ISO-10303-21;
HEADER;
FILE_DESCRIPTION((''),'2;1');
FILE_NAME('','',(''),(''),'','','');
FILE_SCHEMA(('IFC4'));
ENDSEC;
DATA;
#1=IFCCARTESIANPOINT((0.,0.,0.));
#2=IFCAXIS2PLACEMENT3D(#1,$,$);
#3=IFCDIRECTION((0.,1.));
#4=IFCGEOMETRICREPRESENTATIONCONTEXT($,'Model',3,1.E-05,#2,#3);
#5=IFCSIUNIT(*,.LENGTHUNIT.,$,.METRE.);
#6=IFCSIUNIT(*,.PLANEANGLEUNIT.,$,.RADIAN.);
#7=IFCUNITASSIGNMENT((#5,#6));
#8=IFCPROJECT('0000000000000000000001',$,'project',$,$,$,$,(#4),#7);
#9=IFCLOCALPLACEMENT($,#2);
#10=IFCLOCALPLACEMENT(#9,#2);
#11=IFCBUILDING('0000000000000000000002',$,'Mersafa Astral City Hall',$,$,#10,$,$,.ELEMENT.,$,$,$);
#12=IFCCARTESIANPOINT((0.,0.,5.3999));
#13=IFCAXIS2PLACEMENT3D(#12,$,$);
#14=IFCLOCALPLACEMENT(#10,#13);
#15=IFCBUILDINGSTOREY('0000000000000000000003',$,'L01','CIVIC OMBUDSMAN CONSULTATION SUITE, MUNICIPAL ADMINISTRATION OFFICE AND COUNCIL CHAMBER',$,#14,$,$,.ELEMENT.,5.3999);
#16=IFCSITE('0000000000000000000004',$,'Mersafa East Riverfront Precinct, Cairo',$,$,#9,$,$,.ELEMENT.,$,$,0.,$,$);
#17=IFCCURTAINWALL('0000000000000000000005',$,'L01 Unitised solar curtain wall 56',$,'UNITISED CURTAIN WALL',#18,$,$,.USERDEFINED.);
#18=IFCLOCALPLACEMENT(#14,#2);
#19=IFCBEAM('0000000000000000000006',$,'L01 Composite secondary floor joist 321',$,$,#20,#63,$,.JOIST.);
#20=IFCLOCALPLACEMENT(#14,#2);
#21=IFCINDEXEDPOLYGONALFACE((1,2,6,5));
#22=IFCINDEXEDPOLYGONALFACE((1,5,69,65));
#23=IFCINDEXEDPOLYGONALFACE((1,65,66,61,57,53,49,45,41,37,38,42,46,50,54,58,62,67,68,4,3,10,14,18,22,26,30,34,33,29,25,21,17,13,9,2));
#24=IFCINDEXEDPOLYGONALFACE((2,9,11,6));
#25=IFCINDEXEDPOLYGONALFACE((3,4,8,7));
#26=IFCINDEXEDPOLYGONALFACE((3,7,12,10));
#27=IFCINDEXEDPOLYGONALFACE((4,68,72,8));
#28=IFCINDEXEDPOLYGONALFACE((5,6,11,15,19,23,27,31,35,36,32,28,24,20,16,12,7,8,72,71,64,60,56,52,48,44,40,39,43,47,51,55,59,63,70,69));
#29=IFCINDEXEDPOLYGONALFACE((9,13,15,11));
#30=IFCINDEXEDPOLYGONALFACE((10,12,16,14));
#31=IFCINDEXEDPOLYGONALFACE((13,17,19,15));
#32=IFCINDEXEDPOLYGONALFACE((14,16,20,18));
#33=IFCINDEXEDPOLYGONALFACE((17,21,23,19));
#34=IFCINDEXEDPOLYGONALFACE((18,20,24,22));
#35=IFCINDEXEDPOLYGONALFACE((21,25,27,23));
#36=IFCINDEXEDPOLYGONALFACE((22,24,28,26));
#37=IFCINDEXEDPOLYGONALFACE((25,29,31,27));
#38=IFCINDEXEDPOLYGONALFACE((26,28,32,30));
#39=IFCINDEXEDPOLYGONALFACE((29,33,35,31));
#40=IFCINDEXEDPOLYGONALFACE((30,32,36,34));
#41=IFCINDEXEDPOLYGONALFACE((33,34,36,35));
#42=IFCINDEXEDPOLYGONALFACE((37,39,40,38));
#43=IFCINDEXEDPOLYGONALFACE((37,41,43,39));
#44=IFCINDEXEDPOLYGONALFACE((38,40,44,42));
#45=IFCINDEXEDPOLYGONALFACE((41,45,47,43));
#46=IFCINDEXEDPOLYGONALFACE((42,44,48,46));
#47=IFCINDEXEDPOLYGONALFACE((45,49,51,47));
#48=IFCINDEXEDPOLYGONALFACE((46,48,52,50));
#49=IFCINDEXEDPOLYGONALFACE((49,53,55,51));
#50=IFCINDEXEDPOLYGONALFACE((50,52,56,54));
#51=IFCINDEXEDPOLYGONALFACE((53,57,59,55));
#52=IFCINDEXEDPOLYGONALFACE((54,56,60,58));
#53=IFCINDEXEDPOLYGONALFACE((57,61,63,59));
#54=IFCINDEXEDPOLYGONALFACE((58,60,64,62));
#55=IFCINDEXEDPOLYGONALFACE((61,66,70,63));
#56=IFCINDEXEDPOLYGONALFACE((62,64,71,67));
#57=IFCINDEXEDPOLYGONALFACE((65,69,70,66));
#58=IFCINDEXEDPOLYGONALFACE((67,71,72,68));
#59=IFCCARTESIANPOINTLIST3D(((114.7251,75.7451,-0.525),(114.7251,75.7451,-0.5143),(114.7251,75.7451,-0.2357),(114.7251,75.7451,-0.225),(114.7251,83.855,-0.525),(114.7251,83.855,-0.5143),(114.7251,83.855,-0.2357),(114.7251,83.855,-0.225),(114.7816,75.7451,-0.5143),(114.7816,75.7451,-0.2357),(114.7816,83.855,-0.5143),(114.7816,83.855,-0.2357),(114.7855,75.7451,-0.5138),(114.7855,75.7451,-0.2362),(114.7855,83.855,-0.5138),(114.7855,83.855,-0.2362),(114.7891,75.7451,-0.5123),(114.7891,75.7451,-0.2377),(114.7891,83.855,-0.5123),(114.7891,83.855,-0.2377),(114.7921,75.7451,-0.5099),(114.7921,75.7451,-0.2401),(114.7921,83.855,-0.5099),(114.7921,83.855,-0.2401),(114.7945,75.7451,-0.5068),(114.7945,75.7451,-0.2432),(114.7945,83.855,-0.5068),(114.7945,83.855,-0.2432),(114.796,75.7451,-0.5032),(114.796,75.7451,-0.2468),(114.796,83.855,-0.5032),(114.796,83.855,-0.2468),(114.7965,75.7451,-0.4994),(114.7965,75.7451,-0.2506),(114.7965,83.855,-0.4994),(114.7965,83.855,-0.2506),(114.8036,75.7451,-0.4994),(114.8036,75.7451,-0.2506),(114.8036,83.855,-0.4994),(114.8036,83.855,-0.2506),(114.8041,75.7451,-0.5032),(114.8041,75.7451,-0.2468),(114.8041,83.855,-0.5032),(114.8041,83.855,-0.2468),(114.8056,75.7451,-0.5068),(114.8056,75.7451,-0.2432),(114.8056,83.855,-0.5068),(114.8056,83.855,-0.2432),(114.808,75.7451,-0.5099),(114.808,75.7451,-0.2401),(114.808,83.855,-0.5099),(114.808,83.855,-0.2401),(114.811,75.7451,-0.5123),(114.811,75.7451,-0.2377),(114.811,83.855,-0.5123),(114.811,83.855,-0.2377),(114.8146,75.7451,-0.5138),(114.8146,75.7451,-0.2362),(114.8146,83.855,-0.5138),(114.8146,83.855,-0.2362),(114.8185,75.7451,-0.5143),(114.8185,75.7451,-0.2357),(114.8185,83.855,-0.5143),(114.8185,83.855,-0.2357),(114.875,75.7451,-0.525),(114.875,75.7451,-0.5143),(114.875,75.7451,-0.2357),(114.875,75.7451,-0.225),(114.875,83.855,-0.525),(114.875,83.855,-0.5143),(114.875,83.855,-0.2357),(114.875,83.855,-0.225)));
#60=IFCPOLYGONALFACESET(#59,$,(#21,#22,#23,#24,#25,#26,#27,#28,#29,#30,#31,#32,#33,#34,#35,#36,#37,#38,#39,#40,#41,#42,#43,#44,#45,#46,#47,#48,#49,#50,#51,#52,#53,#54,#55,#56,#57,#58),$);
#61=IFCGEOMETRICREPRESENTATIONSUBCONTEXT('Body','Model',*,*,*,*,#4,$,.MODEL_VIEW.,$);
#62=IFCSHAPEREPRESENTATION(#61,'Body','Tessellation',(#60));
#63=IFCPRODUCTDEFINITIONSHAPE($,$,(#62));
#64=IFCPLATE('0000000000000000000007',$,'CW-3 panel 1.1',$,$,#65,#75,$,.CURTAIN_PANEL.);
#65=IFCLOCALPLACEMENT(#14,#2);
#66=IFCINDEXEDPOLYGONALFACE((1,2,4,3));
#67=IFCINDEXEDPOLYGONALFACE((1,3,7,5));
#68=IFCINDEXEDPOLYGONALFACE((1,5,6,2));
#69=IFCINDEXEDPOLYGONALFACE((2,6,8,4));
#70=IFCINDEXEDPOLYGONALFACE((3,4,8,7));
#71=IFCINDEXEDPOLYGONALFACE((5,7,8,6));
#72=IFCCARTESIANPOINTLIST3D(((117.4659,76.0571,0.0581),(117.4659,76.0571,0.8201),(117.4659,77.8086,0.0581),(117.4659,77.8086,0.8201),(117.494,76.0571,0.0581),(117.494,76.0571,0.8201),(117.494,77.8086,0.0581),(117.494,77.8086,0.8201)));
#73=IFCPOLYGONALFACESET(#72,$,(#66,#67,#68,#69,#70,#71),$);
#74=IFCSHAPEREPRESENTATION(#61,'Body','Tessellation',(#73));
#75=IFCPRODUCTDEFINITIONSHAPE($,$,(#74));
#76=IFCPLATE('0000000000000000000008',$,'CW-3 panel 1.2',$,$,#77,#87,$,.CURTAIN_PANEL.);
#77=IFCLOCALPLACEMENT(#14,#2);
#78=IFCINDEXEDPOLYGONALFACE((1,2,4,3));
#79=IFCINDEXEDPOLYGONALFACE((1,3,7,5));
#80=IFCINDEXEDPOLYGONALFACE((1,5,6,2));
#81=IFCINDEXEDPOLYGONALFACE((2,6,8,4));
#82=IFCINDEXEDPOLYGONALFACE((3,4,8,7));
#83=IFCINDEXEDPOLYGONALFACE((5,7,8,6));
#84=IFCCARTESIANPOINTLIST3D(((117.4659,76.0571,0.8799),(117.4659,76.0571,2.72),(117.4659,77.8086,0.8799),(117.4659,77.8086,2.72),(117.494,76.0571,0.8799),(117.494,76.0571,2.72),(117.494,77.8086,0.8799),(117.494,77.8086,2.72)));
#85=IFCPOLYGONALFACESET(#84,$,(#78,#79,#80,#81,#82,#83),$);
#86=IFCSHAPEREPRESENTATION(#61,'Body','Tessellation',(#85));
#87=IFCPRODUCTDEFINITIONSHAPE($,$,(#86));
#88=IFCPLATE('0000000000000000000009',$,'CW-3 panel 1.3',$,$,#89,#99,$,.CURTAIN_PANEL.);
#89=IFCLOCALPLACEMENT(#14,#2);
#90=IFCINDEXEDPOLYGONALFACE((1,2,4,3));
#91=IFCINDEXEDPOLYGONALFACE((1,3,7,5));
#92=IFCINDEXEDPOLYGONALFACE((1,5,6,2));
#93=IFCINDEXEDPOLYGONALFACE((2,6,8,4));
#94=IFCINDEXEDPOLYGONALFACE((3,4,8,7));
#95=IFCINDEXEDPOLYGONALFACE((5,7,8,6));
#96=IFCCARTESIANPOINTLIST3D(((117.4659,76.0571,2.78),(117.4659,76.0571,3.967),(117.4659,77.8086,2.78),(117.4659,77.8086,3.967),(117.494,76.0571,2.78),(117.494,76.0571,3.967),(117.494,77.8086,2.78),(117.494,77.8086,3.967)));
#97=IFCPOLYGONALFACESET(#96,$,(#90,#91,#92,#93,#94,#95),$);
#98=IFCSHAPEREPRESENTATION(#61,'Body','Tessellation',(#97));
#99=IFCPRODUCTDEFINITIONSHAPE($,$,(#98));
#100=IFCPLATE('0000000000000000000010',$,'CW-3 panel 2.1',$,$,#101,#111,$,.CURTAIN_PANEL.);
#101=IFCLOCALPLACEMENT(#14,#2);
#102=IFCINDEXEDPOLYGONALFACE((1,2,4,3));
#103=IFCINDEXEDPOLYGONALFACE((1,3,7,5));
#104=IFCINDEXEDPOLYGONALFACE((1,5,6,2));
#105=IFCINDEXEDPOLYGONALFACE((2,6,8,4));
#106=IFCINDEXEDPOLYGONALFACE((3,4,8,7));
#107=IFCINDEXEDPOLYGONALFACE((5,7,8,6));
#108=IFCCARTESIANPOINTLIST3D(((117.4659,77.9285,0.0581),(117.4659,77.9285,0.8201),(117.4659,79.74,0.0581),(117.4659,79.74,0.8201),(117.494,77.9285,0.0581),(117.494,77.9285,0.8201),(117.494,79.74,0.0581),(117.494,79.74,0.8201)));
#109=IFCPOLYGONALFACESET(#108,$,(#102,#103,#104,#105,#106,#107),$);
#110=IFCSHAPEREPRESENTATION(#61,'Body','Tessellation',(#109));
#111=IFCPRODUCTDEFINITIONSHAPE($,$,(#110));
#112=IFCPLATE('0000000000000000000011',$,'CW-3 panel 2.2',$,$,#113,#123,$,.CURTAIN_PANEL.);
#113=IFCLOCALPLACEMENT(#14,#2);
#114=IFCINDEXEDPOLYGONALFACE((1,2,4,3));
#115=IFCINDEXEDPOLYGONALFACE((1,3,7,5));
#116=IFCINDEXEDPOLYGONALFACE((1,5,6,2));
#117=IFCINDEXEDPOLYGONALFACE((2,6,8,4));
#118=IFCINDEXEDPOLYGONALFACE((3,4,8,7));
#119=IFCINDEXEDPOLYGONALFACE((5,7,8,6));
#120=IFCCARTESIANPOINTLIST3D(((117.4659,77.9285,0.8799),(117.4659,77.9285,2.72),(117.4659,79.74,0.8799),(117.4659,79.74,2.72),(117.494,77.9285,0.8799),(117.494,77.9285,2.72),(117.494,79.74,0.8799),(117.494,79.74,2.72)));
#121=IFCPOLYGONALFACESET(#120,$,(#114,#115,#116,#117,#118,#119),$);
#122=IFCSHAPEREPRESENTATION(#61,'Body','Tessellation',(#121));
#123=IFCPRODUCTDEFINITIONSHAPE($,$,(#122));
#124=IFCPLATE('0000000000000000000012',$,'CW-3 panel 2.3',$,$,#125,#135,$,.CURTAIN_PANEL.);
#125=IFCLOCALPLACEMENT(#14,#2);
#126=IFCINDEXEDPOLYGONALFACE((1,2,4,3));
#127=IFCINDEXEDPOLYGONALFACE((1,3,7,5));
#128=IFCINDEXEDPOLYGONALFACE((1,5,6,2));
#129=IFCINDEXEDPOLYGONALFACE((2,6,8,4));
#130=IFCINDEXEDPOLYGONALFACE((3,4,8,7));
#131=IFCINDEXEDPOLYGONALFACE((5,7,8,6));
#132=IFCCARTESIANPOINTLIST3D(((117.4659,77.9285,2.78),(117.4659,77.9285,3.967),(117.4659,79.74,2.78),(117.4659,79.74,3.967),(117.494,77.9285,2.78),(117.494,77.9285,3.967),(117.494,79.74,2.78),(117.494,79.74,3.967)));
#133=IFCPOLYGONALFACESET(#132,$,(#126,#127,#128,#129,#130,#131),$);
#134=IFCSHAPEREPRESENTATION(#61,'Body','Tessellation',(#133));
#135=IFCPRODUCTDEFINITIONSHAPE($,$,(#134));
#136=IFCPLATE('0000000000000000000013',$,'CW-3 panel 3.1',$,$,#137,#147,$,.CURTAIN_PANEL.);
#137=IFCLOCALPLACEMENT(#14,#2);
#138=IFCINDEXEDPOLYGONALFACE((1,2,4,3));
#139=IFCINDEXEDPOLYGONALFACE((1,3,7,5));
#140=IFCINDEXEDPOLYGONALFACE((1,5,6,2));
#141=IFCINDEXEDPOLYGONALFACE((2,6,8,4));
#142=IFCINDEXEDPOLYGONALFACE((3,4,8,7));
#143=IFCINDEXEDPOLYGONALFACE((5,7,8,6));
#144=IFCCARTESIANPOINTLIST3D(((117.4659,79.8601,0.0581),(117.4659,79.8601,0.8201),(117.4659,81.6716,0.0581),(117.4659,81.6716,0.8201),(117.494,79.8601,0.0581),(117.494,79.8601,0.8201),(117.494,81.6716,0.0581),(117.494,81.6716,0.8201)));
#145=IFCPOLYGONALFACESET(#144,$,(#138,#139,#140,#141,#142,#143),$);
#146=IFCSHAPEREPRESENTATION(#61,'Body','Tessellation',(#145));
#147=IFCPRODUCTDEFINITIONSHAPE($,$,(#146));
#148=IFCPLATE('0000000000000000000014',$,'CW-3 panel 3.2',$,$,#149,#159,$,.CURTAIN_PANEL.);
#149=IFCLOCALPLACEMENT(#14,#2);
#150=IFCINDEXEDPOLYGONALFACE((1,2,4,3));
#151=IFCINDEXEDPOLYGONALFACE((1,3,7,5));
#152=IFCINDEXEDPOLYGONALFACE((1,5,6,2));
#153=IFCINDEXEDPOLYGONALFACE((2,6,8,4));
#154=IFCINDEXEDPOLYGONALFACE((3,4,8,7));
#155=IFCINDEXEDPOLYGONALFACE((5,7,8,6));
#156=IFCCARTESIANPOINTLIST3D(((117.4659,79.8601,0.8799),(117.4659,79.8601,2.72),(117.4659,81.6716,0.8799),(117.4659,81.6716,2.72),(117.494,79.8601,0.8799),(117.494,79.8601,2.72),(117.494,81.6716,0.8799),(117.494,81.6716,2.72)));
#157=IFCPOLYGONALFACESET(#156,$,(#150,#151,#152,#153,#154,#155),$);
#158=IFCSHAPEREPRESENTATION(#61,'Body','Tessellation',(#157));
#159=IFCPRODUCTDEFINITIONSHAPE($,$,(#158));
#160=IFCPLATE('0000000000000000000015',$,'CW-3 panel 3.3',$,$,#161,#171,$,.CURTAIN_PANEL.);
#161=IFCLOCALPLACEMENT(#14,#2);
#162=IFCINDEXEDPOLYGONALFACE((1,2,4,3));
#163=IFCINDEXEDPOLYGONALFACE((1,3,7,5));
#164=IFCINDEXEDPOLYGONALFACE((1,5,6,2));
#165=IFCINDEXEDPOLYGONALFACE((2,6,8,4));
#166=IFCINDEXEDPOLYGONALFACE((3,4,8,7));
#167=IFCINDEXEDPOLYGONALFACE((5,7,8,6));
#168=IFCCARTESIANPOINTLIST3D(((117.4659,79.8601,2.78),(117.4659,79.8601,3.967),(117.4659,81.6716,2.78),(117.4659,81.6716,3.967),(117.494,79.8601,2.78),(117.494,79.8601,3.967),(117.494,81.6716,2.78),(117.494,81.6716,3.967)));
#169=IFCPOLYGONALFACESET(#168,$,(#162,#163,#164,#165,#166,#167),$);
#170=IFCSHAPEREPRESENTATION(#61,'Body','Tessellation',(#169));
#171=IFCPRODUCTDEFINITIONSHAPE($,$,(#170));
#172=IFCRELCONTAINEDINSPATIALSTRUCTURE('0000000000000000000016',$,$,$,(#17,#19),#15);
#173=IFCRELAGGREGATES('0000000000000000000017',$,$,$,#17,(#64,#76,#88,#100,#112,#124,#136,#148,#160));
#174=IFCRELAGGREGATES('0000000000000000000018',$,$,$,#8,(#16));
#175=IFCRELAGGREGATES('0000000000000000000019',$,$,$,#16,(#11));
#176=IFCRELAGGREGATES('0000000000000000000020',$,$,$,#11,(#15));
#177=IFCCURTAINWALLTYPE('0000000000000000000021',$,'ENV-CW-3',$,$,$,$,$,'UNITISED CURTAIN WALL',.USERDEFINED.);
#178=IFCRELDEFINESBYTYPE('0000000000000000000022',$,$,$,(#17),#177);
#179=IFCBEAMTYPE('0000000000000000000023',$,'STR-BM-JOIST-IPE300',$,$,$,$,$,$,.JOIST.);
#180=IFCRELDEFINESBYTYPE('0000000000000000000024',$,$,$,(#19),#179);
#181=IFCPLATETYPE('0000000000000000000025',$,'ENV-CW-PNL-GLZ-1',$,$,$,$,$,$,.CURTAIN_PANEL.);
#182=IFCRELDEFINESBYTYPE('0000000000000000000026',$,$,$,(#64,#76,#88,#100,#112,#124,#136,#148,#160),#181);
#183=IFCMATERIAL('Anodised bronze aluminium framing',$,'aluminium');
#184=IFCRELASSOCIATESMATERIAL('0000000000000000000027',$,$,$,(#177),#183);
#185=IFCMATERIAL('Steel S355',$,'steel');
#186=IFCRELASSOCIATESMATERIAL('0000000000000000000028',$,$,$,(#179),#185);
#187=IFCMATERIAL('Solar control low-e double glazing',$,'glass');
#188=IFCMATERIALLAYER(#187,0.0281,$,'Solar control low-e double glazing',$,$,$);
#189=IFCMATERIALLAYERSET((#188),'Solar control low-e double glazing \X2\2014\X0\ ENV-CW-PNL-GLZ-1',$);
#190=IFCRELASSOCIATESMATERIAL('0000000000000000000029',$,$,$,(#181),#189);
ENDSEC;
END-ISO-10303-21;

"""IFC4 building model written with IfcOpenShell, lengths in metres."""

from ifc_helpers import new_model, si_unit, direction, frame, origin, origin_2d, place, context, subcontext, project, spatial, rectangle, i_section, extrude, material, layer, layer_set, material_profile, profile_set, type_object, element, aggregate, save


model = new_model("IFC4")

# Units and contexts
model_context = context("Model", 3, precision=1e-05, world=origin(), true_north=direction((0.0, 1.0)))
body_context = subcontext(model_context, "Body", "Model", "MODEL_VIEW")
ifc_project = project(units=[si_unit("LENGTHUNIT", "METRE"), si_unit("PLANEANGLEUNIT", "RADIAN")], contexts=[model_context])

# Site, building, storey
site_placement = place(None, origin())
site = spatial("IfcSite", under=ifc_project, at=site_placement, Name="Mersafa East Riverfront Precinct, Cairo", CompositionType="ELEMENT", RefElevation=0.0)
building_placement = place(site_placement, origin())
building = spatial("IfcBuilding", under=site, at=building_placement, Name="Mersafa Astral City Hall", CompositionType="ELEMENT")
storey_placement = place(building_placement, frame((0.0, 0.0, 5.3999)))
storey = spatial("IfcBuildingStorey", under=building, at=storey_placement, Name="L01", Description="CIVIC OMBUDSMAN CONSULTATION SUITE, MUNICIPAL ADMINISTRATION OFFICE AND COUNCIL CHAMBER", CompositionType="ELEMENT", Elevation=5.3999)

# Curtain wall
ifc_material_1 = material(Name="Anodised bronze aluminium framing", Category="aluminium")
curtain_wall_type = type_object("IfcCurtainWallType", Name="ENV-CW-3", ElementType="UNITISED CURTAIN WALL", PredefinedType="USERDEFINED", material=ifc_material_1)
curtain_wall_placement = place(storey_placement, origin())
curtain_wall = element("IfcCurtainWall", 1, at=curtain_wall_placement, inside=storey, type_object=curtain_wall_type, Name="L01 Unitised solar curtain wall 56", ObjectType="UNITISED CURTAIN WALL", PredefinedType="USERDEFINED")

# Beam
ifc_material_2 = material(Name="Steel S355", Category="steel")
ifc_material_profile_1 = material_profile(ifc_material_2, i_section(OverallWidth=0.1499, OverallDepth=0.3, WebThickness=0.0071, FlangeThickness=0.0107, FilletRadius=0.0149, at=origin_2d()), Name="IPE 300")
ifc_profile_set_1 = profile_set([ifc_material_profile_1], Name="Steel S355")
beam_type_1 = type_object("IfcBeamType", Name="STR-BM-JOIST-IPE300", PredefinedType="JOIST", material=ifc_profile_set_1)
for number, where, z_axis, x_axis, name in (
    (2, (114.8, 75.7451, -0.375), (0.0, 1.0, 0.0), (-1.0, 0.0, 0.0), "L01 Composite secondary floor joist 321"),
):
    element("IfcBeam", number, at=place(storey_placement, frame(where, z_axis=z_axis, x_axis=x_axis)), inside=storey, type_object=beam_type_1, Name=name, PredefinedType="JOIST", context=body_context, shape_type="SweptSolid", body=[
        extrude(i_section(OverallWidth=0.1499, OverallDepth=0.3, WebThickness=0.0071, FlangeThickness=0.0107, FilletRadius=0.0149, at=origin_2d()), origin(), (0.0, 0.0, 1.0), 8.1099),
    ])

# Plates
ifc_material_3 = material(Name="Solar control low-e double glazing", Category="glass")
ifc_layer_1 = layer(ifc_material_3, 0.0281, Name="Solar control low-e double glazing")
ifc_layer_set_1 = layer_set([ifc_layer_1], Name="Solar control low-e double glazing — ENV-CW-PNL-GLZ-1")
plate_type = type_object("IfcPlateType", Name="ENV-CW-PNL-GLZ-1", PredefinedType="CURTAIN_PANEL", material=ifc_layer_set_1)
plate_1_placement = place(storey_placement, frame((117.48, 76.9329, 0.0581), z_axis=(0.0, 0.0, 1.0), x_axis=(0.0, 1.0, 0.0)))
plate_1 = element("IfcPlate", 3, at=plate_1_placement, type_object=plate_type, Name="CW-3 panel 1.1", PredefinedType="CURTAIN_PANEL", context=body_context, shape_type="SweptSolid", body=[
    extrude(rectangle(XDim=1.7515, YDim=0.0281, at=origin_2d()), origin(), (0.0, 0.0, 1.0), 0.762),
])
plate_2_placement = place(storey_placement, frame((117.48, 76.9329, 0.8799), z_axis=(0.0, 0.0, 1.0), x_axis=(0.0, 1.0, 0.0)))
plate_2 = element("IfcPlate", 4, at=plate_2_placement, type_object=plate_type, Name="CW-3 panel 1.2", PredefinedType="CURTAIN_PANEL", context=body_context, shape_type="SweptSolid", body=[
    extrude(rectangle(XDim=1.7515, YDim=0.0281, at=origin_2d()), origin(), (0.0, 0.0, 1.0), 1.8401),
])
plate_3_placement = place(storey_placement, frame((117.48, 76.9329, 2.78), z_axis=(0.0, 0.0, 1.0), x_axis=(0.0, 1.0, 0.0)))
plate_3 = element("IfcPlate", 5, at=plate_3_placement, type_object=plate_type, Name="CW-3 panel 1.3", PredefinedType="CURTAIN_PANEL", context=body_context, shape_type="SweptSolid", body=[
    extrude(rectangle(XDim=1.7515, YDim=0.0281, at=origin_2d()), origin(), (0.0, 0.0, 1.0), 1.187),
])
plate_4_placement = place(storey_placement, frame((117.48, 78.8342, 0.0581), z_axis=(0.0, 0.0, 1.0), x_axis=(0.0, 1.0, 0.0)))
plate_4 = element("IfcPlate", 6, at=plate_4_placement, type_object=plate_type, Name="CW-3 panel 2.1", PredefinedType="CURTAIN_PANEL", context=body_context, shape_type="SweptSolid", body=[
    extrude(rectangle(XDim=1.8115, YDim=0.0281, at=origin_2d()), origin(), (0.0, 0.0, 1.0), 0.762),
])
plate_5_placement = place(storey_placement, frame((117.48, 78.8342, 0.8799), z_axis=(0.0, 0.0, 1.0), x_axis=(0.0, 1.0, 0.0)))
plate_5 = element("IfcPlate", 7, at=plate_5_placement, type_object=plate_type, Name="CW-3 panel 2.2", PredefinedType="CURTAIN_PANEL", context=body_context, shape_type="SweptSolid", body=[
    extrude(rectangle(XDim=1.8115, YDim=0.0281, at=origin_2d()), origin(), (0.0, 0.0, 1.0), 1.8401),
])
plate_6_placement = place(storey_placement, frame((117.48, 78.8342, 2.78), z_axis=(0.0, 0.0, 1.0), x_axis=(0.0, 1.0, 0.0)))
plate_6 = element("IfcPlate", 8, at=plate_6_placement, type_object=plate_type, Name="CW-3 panel 2.3", PredefinedType="CURTAIN_PANEL", context=body_context, shape_type="SweptSolid", body=[
    extrude(rectangle(XDim=1.8115, YDim=0.0281, at=origin_2d()), origin(), (0.0, 0.0, 1.0), 1.187),
])
plate_7_placement = place(storey_placement, frame((117.48, 80.7659, 0.0581), z_axis=(0.0, 0.0, 1.0), x_axis=(0.0, 1.0, 0.0)))
plate_7 = element("IfcPlate", 9, at=plate_7_placement, type_object=plate_type, Name="CW-3 panel 3.1", PredefinedType="CURTAIN_PANEL", context=body_context, shape_type="SweptSolid", body=[
    extrude(rectangle(XDim=1.8115, YDim=0.0281, at=origin_2d()), origin(), (0.0, 0.0, 1.0), 0.762),
])
plate_8_placement = place(storey_placement, frame((117.48, 80.7659, 0.8799), z_axis=(0.0, 0.0, 1.0), x_axis=(0.0, 1.0, 0.0)))
plate_8 = element("IfcPlate", 10, at=plate_8_placement, type_object=plate_type, Name="CW-3 panel 3.2", PredefinedType="CURTAIN_PANEL", context=body_context, shape_type="SweptSolid", body=[
    extrude(rectangle(XDim=1.8115, YDim=0.0281, at=origin_2d()), origin(), (0.0, 0.0, 1.0), 1.8401),
])
plate_9_placement = place(storey_placement, frame((117.48, 80.7659, 2.78), z_axis=(0.0, 0.0, 1.0), x_axis=(0.0, 1.0, 0.0)))
plate_9 = element("IfcPlate", 11, at=plate_9_placement, type_object=plate_type, Name="CW-3 panel 3.3", PredefinedType="CURTAIN_PANEL", context=body_context, shape_type="SweptSolid", body=[
    extrude(rectangle(XDim=1.8115, YDim=0.0281, at=origin_2d()), origin(), (0.0, 0.0, 1.0), 1.187),
])
aggregate(curtain_wall, [plate_1, plate_2, plate_3, plate_4, plate_5, plate_6, plate_7, plate_8, plate_9])

save(model, "model.ifc")
